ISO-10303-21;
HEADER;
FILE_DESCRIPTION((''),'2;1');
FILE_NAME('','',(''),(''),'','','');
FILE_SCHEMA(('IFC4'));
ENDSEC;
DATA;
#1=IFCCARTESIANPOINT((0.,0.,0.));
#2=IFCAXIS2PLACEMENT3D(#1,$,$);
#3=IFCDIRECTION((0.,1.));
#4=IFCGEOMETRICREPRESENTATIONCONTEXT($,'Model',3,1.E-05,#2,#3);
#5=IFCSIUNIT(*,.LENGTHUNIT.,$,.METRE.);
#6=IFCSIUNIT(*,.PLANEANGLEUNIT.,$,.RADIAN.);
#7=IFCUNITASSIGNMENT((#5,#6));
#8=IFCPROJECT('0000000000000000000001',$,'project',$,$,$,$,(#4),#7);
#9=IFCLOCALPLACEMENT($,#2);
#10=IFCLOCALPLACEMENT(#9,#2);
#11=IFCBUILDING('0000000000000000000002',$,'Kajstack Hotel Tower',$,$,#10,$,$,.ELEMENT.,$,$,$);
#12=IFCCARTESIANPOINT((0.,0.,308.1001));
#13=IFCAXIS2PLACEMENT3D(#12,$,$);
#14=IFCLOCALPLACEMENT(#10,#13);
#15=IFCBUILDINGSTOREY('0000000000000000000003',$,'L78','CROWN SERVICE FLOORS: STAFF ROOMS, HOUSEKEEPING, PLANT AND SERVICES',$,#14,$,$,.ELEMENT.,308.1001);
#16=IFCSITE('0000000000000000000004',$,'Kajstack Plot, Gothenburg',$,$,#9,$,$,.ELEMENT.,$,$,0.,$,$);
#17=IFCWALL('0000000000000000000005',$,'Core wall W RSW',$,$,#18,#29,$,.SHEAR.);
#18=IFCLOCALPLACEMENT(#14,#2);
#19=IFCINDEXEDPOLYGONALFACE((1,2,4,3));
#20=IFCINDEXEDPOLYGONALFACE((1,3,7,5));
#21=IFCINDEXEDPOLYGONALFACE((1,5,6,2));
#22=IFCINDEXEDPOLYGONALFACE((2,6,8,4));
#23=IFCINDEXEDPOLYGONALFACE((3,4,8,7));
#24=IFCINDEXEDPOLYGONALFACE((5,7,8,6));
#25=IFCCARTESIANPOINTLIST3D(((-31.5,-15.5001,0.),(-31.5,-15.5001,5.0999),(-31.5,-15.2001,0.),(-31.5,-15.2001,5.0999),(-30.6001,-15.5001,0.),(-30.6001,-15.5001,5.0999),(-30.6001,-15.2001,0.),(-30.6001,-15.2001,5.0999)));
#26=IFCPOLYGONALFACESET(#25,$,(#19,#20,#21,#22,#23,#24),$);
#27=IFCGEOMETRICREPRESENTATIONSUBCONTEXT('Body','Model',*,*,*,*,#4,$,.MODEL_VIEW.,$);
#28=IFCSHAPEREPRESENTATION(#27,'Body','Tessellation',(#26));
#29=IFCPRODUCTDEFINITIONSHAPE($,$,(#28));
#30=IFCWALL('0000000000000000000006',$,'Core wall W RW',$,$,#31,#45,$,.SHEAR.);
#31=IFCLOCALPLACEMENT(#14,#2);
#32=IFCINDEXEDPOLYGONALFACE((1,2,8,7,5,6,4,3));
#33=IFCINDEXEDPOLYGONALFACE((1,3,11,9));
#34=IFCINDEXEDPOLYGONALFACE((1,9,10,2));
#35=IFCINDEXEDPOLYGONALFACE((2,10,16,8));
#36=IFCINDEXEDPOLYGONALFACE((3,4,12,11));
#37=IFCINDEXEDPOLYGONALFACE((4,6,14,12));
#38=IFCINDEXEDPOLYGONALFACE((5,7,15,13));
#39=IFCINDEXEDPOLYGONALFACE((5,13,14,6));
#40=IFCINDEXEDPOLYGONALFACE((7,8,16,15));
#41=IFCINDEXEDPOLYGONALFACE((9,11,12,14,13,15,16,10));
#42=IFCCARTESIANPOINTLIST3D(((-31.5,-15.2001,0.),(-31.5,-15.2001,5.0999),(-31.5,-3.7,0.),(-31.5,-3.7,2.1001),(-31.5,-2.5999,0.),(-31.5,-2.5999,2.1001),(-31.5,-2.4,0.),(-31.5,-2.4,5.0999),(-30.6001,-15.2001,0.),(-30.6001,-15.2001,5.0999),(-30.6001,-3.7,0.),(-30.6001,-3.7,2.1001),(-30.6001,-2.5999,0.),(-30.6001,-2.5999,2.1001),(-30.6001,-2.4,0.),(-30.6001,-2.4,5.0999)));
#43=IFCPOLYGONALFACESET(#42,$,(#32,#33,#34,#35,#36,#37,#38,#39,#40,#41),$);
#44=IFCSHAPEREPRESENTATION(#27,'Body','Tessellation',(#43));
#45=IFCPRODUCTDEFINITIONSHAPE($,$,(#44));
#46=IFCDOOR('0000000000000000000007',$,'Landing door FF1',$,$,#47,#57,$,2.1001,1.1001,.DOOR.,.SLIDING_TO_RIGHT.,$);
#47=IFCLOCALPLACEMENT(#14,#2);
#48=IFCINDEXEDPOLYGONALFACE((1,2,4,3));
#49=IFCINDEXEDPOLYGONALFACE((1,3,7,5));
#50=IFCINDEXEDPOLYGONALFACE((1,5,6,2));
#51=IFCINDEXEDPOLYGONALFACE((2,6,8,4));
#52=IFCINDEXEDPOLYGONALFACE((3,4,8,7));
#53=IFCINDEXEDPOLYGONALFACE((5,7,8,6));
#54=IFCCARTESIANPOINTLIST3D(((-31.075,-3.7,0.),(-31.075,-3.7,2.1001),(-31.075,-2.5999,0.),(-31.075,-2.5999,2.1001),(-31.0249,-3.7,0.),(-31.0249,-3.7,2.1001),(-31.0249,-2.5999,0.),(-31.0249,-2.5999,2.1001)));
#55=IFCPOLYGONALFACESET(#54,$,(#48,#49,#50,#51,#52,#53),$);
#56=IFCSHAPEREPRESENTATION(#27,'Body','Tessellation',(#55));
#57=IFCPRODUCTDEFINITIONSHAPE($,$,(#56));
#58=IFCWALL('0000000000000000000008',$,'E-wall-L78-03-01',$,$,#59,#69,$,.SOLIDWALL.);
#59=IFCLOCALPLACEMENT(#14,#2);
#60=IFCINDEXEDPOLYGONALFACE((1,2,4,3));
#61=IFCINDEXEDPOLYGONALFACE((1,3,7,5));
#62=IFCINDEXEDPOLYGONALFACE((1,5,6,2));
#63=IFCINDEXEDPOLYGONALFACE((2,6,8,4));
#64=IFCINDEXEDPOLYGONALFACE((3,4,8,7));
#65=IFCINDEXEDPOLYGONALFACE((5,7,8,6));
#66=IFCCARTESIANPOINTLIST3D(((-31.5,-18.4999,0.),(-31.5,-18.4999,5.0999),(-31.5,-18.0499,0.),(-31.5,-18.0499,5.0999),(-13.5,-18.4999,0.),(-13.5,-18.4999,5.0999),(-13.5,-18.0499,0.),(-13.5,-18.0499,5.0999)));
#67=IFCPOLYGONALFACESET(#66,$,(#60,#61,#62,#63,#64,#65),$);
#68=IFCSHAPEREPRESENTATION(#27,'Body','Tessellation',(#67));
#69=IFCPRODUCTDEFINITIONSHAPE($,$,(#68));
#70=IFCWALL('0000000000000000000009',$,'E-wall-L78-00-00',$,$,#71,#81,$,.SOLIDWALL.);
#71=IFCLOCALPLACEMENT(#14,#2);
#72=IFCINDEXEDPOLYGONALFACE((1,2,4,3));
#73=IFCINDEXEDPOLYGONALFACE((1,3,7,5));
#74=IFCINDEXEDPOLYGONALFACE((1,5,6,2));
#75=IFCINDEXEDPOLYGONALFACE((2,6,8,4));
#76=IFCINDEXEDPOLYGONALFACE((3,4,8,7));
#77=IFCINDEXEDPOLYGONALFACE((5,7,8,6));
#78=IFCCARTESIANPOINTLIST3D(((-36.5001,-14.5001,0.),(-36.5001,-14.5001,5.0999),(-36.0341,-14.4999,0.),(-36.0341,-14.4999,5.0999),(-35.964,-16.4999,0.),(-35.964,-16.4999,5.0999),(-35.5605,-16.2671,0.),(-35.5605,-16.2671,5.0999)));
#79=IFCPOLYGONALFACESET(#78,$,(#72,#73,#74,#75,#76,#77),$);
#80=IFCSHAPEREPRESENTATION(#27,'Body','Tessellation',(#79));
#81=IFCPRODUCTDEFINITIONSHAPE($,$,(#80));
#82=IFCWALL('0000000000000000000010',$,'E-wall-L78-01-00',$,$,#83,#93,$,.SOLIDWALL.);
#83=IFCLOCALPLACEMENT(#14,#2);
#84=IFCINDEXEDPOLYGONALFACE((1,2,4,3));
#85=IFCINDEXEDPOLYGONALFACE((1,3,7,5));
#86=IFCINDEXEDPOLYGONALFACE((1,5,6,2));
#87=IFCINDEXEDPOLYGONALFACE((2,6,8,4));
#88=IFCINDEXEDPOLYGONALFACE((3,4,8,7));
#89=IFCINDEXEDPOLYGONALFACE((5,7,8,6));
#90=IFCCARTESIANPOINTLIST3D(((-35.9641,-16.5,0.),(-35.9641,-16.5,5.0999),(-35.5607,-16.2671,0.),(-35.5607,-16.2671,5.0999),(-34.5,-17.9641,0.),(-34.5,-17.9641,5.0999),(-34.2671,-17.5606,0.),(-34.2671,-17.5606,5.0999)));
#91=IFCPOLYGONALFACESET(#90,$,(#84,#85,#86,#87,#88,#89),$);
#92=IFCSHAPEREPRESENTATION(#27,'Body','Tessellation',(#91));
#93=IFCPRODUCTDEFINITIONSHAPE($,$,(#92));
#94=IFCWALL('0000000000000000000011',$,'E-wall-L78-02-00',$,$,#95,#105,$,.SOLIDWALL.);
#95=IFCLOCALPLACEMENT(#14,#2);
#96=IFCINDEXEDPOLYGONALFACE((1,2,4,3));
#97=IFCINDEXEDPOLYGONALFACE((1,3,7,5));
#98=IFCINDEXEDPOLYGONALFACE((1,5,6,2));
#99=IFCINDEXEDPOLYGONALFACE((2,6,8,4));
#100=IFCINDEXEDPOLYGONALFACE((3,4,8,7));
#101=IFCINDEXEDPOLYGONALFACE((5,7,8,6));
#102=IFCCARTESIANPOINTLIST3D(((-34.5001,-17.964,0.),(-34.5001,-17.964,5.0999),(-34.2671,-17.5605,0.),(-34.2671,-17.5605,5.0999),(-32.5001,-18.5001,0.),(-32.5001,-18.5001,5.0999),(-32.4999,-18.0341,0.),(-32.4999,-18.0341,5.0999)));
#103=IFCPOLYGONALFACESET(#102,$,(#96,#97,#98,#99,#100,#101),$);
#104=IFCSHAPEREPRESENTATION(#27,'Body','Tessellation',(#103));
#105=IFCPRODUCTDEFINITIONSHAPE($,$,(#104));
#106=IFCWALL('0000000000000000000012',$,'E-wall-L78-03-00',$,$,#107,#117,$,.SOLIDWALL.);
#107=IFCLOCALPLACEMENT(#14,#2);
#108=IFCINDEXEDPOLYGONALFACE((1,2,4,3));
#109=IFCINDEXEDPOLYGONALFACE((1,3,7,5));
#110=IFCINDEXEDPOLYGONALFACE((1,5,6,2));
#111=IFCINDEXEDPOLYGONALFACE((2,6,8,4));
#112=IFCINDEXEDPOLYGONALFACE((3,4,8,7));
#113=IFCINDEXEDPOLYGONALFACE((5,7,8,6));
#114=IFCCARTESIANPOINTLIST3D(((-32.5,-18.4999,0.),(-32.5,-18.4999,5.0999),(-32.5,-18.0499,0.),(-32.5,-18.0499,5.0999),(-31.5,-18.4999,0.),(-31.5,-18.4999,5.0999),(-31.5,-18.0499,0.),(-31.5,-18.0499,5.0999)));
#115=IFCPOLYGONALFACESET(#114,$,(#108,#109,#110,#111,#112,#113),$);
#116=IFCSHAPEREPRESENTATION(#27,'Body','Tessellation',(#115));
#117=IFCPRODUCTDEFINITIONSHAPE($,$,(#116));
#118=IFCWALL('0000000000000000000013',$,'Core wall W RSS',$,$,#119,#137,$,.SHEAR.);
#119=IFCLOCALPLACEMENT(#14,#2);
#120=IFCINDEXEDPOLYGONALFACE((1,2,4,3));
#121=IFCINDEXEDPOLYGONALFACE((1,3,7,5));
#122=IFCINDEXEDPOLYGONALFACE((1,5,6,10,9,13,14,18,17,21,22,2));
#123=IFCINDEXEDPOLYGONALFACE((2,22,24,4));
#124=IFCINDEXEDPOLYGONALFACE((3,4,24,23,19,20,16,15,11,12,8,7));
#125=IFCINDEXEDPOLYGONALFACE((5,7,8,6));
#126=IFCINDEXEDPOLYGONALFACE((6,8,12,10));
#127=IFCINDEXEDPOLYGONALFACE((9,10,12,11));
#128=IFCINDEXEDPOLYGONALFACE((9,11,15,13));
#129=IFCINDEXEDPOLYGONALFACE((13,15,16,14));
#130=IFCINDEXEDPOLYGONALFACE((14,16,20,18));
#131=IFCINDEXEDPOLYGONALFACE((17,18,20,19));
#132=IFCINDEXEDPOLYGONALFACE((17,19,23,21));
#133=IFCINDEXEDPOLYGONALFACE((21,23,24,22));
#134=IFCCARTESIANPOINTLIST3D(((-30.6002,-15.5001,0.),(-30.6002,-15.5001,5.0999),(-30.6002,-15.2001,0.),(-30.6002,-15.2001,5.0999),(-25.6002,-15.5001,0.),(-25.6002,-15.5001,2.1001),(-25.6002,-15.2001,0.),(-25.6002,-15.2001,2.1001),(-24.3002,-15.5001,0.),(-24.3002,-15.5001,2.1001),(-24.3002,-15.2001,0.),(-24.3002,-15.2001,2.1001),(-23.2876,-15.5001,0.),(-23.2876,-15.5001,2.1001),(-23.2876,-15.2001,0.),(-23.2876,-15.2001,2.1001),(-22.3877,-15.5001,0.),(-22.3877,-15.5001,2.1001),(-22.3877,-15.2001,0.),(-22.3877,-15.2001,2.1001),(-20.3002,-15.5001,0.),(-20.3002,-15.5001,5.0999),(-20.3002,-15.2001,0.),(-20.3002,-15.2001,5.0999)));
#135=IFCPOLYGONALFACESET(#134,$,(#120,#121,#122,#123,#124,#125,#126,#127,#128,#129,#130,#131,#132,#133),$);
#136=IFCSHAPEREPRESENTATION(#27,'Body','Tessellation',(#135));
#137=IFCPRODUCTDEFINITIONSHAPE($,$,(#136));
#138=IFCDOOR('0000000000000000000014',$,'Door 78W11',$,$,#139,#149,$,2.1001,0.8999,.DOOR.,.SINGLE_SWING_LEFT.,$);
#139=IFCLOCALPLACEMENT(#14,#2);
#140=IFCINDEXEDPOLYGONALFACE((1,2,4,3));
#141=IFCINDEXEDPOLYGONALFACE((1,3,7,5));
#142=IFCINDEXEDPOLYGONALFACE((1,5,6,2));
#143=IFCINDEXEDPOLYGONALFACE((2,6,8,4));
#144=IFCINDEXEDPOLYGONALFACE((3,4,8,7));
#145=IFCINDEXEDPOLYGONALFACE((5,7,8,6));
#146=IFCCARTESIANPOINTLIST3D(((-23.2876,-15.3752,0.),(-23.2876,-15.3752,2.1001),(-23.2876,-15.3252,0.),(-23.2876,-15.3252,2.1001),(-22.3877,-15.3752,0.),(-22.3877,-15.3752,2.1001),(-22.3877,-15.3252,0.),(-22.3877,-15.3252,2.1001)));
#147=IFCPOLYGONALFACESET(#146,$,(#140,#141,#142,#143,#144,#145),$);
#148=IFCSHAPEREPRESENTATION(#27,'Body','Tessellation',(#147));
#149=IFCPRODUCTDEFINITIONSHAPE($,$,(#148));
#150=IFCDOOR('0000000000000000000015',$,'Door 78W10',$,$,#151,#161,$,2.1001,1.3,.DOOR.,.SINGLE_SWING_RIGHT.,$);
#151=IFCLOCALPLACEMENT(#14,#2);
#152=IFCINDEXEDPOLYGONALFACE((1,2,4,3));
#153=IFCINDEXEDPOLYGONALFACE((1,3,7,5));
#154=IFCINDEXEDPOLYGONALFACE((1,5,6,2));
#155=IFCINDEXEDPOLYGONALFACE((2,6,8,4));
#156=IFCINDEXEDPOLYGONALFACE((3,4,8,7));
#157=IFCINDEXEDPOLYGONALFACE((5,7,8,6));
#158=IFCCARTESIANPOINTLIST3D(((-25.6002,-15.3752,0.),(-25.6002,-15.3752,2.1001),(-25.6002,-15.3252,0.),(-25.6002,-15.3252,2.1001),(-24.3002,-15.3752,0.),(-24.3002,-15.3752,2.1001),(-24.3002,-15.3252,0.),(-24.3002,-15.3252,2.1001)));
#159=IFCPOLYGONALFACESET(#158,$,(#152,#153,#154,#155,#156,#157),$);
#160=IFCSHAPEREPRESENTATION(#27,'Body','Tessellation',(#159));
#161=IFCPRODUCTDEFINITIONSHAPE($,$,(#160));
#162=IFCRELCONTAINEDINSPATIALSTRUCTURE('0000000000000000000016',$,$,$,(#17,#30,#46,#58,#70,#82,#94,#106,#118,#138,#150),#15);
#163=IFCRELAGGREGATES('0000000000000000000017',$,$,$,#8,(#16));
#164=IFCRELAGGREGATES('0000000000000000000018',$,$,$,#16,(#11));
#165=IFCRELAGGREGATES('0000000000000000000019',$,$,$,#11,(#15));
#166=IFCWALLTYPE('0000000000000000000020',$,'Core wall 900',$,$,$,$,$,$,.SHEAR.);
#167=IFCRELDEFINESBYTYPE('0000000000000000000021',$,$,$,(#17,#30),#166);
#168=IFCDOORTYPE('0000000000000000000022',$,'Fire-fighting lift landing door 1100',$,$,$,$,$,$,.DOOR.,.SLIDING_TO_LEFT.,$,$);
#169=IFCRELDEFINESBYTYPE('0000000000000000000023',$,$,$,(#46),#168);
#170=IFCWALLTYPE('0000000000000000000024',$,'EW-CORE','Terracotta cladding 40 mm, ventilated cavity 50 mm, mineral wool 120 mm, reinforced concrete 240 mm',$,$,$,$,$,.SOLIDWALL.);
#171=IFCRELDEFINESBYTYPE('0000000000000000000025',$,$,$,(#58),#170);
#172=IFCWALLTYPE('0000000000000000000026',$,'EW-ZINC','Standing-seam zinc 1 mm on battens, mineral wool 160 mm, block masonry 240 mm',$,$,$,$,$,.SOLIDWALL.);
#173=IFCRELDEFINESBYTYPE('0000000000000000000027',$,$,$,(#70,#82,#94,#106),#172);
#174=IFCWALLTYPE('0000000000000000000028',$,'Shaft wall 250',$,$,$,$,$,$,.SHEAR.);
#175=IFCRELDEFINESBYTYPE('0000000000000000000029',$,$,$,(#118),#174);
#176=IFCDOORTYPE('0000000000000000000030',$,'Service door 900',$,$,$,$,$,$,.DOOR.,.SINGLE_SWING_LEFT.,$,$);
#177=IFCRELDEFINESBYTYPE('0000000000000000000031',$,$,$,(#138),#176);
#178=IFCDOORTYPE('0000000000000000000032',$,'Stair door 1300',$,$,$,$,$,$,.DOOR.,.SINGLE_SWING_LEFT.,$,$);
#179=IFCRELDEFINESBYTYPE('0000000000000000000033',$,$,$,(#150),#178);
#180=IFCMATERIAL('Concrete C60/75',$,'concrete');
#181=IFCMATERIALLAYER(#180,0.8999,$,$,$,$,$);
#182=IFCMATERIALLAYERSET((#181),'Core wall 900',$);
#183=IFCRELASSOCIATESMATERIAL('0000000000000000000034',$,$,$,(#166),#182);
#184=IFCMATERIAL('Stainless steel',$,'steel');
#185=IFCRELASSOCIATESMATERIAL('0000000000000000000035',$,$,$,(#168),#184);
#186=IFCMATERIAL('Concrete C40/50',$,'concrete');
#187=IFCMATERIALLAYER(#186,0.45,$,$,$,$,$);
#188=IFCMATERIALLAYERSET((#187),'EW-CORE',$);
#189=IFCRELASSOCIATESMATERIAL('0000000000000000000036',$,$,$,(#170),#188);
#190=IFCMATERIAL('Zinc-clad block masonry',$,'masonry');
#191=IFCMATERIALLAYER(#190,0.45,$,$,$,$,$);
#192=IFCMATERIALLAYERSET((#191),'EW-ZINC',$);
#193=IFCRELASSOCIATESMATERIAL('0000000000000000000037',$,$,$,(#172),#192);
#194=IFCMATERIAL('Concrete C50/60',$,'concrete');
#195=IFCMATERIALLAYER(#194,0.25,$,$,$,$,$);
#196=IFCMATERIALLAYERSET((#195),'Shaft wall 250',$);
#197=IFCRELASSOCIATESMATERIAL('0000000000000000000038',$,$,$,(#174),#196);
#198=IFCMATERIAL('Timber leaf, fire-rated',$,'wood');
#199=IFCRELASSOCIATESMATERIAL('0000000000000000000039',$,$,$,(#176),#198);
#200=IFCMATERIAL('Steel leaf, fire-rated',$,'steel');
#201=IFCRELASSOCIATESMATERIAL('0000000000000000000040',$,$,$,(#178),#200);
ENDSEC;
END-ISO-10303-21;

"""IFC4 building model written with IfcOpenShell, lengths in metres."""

from ifc_helpers import new_model, si_unit, direction, frame, frame_2d, origin, place, context, subcontext, project, spatial, polyline, rectangle, outline, extrude, material, layer, layer_set, type_object, element, fill, save


model = new_model("IFC4")

# Units and contexts
model_context = context("Model", 3, precision=1e-05, world=origin(), true_north=direction((0.0, 1.0)))
body_context = subcontext(model_context, "Body", "Model", "MODEL_VIEW")
ifc_project = project(units=[si_unit("LENGTHUNIT", "METRE"), si_unit("PLANEANGLEUNIT", "RADIAN")], contexts=[model_context])

# Site, building, storey
site_placement = place(None, origin())
site = spatial("IfcSite", under=ifc_project, at=site_placement, Name="Kajstack Plot, Gothenburg", CompositionType="ELEMENT", RefElevation=0.0)
building_placement = place(site_placement, origin())
building = spatial("IfcBuilding", under=site, at=building_placement, Name="Kajstack Hotel Tower", CompositionType="ELEMENT")
storey_placement = place(building_placement, frame((0.0, 0.0, 308.1001)))
storey = spatial("IfcBuildingStorey", under=building, at=storey_placement, Name="L78", Description="CROWN SERVICE FLOORS: STAFF ROOMS, HOUSEKEEPING, PLANT AND SERVICES", CompositionType="ELEMENT", Elevation=308.1001)

# Wall
ifc_material_1 = material(Name="Concrete C60/75", Category="concrete")
ifc_layer_1 = layer(ifc_material_1, 0.8999)
ifc_layer_set_1 = layer_set([ifc_layer_1], Name="Core wall 900")
wall_type_1 = type_object("IfcWallType", Name="Core wall 900", PredefinedType="SHEAR", material=ifc_layer_set_1)
wall_1_placement = place(storey_placement, frame((-31.5, -15.3501, 0.0), z_axis=(0.0, 0.0, 1.0), x_axis=(1.0, 0.0, 0.0)))
element("IfcWall", 1, at=wall_1_placement, inside=storey, type_object=wall_type_1, Name="Core wall W RSW", PredefinedType="SHEAR", context=body_context, shape_type="SweptSolid", body=[
    extrude(rectangle(XDim=0.8999, YDim=0.3, at=frame_2d((0.45, 0.0))), origin(), (0.0, 0.0, 1.0), 5.0999),
])

# Wall, opening, door
wall_2_placement = place(storey_placement, frame((-31.05, -15.2, 0.0), z_axis=(0.0, 0.0, 1.0), x_axis=(0.0, 1.0, 0.0)))
wall_2 = element("IfcWall", 2, at=wall_2_placement, inside=storey, type_object=wall_type_1, Name="Core wall W RW", PredefinedType="SHEAR", context=body_context, shape_type="SweptSolid", body=[
    extrude(rectangle(XDim=12.8, YDim=0.8999, at=frame_2d((6.3999, 0.0))), origin(), (0.0, 0.0, 1.0), 5.0999),
])
opening_1_placement = place(wall_2_placement, frame((11.5, 0.0, 0.0)))
opening_1 = element("IfcOpeningElement", 3, at=opening_1_placement, cuts=wall_2, PredefinedType="OPENING", context=body_context, shape_type="SweptSolid", body=[
    extrude(rectangle(XDim=1.1001, YDim=2.1001, at=frame_2d((0.55, 1.05))), frame((0.0, 0.46, 0.0), z_axis=(0.0, -1.0, 0.0), x_axis=(1.0, 0.0, 0.0)), (0.0, 0.0, 1.0), 0.9199),
])
ifc_material_2 = material(Name="Stainless steel", Category="steel")
door_type_1 = type_object("IfcDoorType", Name="Fire-fighting lift landing door 1100", OperationType="SLIDING_TO_LEFT", PredefinedType="DOOR", material=ifc_material_2)
door_1_placement = place(opening_1_placement, origin())
door_1 = element("IfcDoor", 4, at=door_1_placement, inside=storey, type_object=door_type_1, Name="Landing door FF1", OperationType="SLIDING_TO_RIGHT", OverallHeight=2.1001, OverallWidth=1.1001, PredefinedType="DOOR", context=body_context, shape_type="SweptSolid", body=[
    extrude(rectangle(XDim=1.1001, YDim=2.1001, at=frame_2d((0.55, 1.05))), frame((0.0, 0.0249, 0.0), z_axis=(0.0, -1.0, 0.0), x_axis=(1.0, 0.0, 0.0)), (0.0, 0.0, 1.0), 0.05),
])
fill(opening_1, door_1)

# Walls
ifc_material_3 = material(Name="Concrete C40/50", Category="concrete")
ifc_layer_2 = layer(ifc_material_3, 0.45)
ifc_layer_set_2 = layer_set([ifc_layer_2], Name="EW-CORE")
wall_type_2 = type_object("IfcWallType", Name="EW-CORE", Description="Terracotta cladding 40 mm, ventilated cavity 50 mm, mineral wool 120 mm, reinforced concrete 240 mm", PredefinedType="SOLIDWALL", material=ifc_layer_set_2)
wall_3_placement = place(storey_placement, frame((-31.5, -18.2749, 0.0), z_axis=(0.0, 0.0, 1.0), x_axis=(1.0, 0.0, 0.0)))
element("IfcWall", 5, at=wall_3_placement, inside=storey, type_object=wall_type_2, Name="E-wall-L78-03-01", PredefinedType="SOLIDWALL", context=body_context, shape_type="SweptSolid", body=[
    extrude(rectangle(XDim=18.0, YDim=0.45, at=frame_2d((9.0, 0.0))), origin(), (0.0, 0.0, 1.0), 5.0999),
])
ifc_material_4 = material(Name="Zinc-clad block masonry", Category="masonry")
ifc_layer_3 = layer(ifc_material_4, 0.45)
ifc_layer_set_3 = layer_set([ifc_layer_3], Name="EW-ZINC")
wall_type_3 = type_object("IfcWallType", Name="EW-ZINC", Description="Standing-seam zinc 1 mm on battens, mineral wool 160 mm, block masonry 240 mm", PredefinedType="SOLIDWALL", material=ifc_layer_set_3)
wall_4_placement = place(storey_placement, frame((-36.2827, -14.4417, 0.0), z_axis=(0.0, 0.0, 1.0), x_axis=(0.258815, -0.965927, 0.0)))
element("IfcWall", 6, at=wall_4_placement, inside=storey, type_object=wall_type_3, Name="E-wall-L78-00-00", PredefinedType="SOLIDWALL", context=body_context, shape_type="SweptSolid", body=[
    extrude(outline(polyline([(0.0002, -0.2251), (2.0706, -0.2249), (1.9502, 0.2251), (0.1206, 0.2251), (0.0002, -0.2251)])), origin(), (0.0, 0.0, 1.0), 5.0999),
])
wall_5_placement = place(storey_placement, frame((-35.8049, -16.3408, 0.0), z_axis=(0.0, 0.0, 1.0), x_axis=(0.707107, -0.707107, 0.0)))
element("IfcWall", 7, at=wall_5_placement, inside=storey, type_object=wall_type_3, Name="E-wall-L78-01-00", PredefinedType="SOLIDWALL", context=body_context, shape_type="SweptSolid", body=[
    extrude(outline(polyline([(0.0, -0.2251), (2.0706, -0.2251), (1.95, 0.2249), (0.1206, 0.2249), (0.0, -0.2251)])), origin(), (0.0, 0.0, 1.0), 5.0999),
])
wall_6_placement = place(storey_placement, frame((-34.4417, -17.7468, 0.0), z_axis=(0.0, 0.0, 1.0), x_axis=(0.965927, -0.258815, 0.0)))
element("IfcWall", 8, at=wall_6_placement, inside=storey, type_object=wall_type_3, Name="E-wall-L78-02-00", PredefinedType="SOLIDWALL", context=body_context, shape_type="SweptSolid", body=[
    extrude(outline(polyline([(-0.0002, -0.2249), (2.0703, -0.2251), (1.95, 0.2251), (0.1204, 0.2251), (-0.0002, -0.2249)])), origin(), (0.0, 0.0, 1.0), 5.0999),
])
wall_7_placement = place(storey_placement, frame((-32.5, -18.2749, 0.0), z_axis=(0.0, 0.0, 1.0), x_axis=(1.0, 0.0, 0.0)))
element("IfcWall", 9, at=wall_7_placement, inside=storey, type_object=wall_type_3, Name="E-wall-L78-03-00", PredefinedType="SOLIDWALL", context=body_context, shape_type="SweptSolid", body=[
    extrude(rectangle(XDim=1.0, YDim=0.45, at=frame_2d((0.5, 0.0))), origin(), (0.0, 0.0, 1.0), 5.0999),
])

# Wall, openings, doors
ifc_material_5 = material(Name="Concrete C50/60", Category="concrete")
ifc_layer_4 = layer(ifc_material_5, 0.25)
ifc_layer_set_4 = layer_set([ifc_layer_4], Name="Shaft wall 250")
wall_type_4 = type_object("IfcWallType", Name="Shaft wall 250", PredefinedType="SHEAR", material=ifc_layer_set_4)
wall_8_placement = place(storey_placement, frame((-30.6001, -15.3501, 0.0), z_axis=(0.0, 0.0, 1.0), x_axis=(1.0, 0.0, 0.0)))
wall_8 = element("IfcWall", 10, at=wall_8_placement, inside=storey, type_object=wall_type_4, Name="Core wall W RSS", PredefinedType="SHEAR", context=body_context, shape_type="SweptSolid", body=[
    extrude(rectangle(XDim=10.3, YDim=0.3, at=frame_2d((5.1499, 0.0))), origin(), (0.0, 0.0, 1.0), 5.0999),
])
opening_2_placement = place(wall_8_placement, frame((5.0, 0.0, 0.0)))
opening_2 = element("IfcOpeningElement", 11, at=opening_2_placement, cuts=wall_8, PredefinedType="OPENING", context=body_context, shape_type="SweptSolid", body=[
    extrude(rectangle(XDim=1.3, YDim=2.1001, at=frame_2d((0.6499, 1.05))), frame((0.0, 0.1599, 0.0), z_axis=(0.0, -1.0, 0.0), x_axis=(1.0, 0.0, 0.0)), (0.0, 0.0, 1.0), 0.3201),
])
opening_3_placement = place(wall_8_placement, frame((7.3125, 0.0, 0.0)))
opening_3 = element("IfcOpeningElement", 12, at=opening_3_placement, cuts=wall_8, PredefinedType="OPENING", context=body_context, shape_type="SweptSolid", body=[
    extrude(rectangle(XDim=0.8999, YDim=2.1001, at=frame_2d((0.45, 1.05))), frame((0.0, 0.1599, 0.0), z_axis=(0.0, -1.0, 0.0), x_axis=(1.0, 0.0, 0.0)), (0.0, 0.0, 1.0), 0.3201),
])
ifc_material_6 = material(Name="Timber leaf, fire-rated", Category="wood")
door_type_2 = type_object("IfcDoorType", Name="Service door 900", OperationType="SINGLE_SWING_LEFT", PredefinedType="DOOR", material=ifc_material_6)
door_2_placement = place(opening_3_placement, origin())
door_2 = element("IfcDoor", 13, at=door_2_placement, inside=storey, type_object=door_type_2, Name="Door 78W11", OperationType="SINGLE_SWING_LEFT", OverallHeight=2.1001, OverallWidth=0.8999, PredefinedType="DOOR", context=body_context, shape_type="SweptSolid", body=[
    extrude(rectangle(XDim=0.8999, YDim=2.1001, at=frame_2d((0.45, 1.05))), frame((0.0, 0.0249, 0.0), z_axis=(0.0, -1.0, 0.0), x_axis=(1.0, 0.0, 0.0)), (0.0, 0.0, 1.0), 0.05),
])
fill(opening_3, door_2)
ifc_material_7 = material(Name="Steel leaf, fire-rated", Category="steel")
door_type_3 = type_object("IfcDoorType", Name="Stair door 1300", OperationType="SINGLE_SWING_LEFT", PredefinedType="DOOR", material=ifc_material_7)
door_3_placement = place(opening_2_placement, origin())
door_3 = element("IfcDoor", 14, at=door_3_placement, inside=storey, type_object=door_type_3, Name="Door 78W10", OperationType="SINGLE_SWING_RIGHT", OverallHeight=2.1001, OverallWidth=1.3, PredefinedType="DOOR", context=body_context, shape_type="SweptSolid", body=[
    extrude(rectangle(XDim=1.3, YDim=2.1001, at=frame_2d((0.6499, 1.05))), frame((0.0, 0.0249, 0.0), z_axis=(0.0, -1.0, 0.0), x_axis=(1.0, 0.0, 0.0)), (0.0, 0.0, 1.0), 0.05),
])
fill(opening_2, door_3)

save(model, "model.ifc")
